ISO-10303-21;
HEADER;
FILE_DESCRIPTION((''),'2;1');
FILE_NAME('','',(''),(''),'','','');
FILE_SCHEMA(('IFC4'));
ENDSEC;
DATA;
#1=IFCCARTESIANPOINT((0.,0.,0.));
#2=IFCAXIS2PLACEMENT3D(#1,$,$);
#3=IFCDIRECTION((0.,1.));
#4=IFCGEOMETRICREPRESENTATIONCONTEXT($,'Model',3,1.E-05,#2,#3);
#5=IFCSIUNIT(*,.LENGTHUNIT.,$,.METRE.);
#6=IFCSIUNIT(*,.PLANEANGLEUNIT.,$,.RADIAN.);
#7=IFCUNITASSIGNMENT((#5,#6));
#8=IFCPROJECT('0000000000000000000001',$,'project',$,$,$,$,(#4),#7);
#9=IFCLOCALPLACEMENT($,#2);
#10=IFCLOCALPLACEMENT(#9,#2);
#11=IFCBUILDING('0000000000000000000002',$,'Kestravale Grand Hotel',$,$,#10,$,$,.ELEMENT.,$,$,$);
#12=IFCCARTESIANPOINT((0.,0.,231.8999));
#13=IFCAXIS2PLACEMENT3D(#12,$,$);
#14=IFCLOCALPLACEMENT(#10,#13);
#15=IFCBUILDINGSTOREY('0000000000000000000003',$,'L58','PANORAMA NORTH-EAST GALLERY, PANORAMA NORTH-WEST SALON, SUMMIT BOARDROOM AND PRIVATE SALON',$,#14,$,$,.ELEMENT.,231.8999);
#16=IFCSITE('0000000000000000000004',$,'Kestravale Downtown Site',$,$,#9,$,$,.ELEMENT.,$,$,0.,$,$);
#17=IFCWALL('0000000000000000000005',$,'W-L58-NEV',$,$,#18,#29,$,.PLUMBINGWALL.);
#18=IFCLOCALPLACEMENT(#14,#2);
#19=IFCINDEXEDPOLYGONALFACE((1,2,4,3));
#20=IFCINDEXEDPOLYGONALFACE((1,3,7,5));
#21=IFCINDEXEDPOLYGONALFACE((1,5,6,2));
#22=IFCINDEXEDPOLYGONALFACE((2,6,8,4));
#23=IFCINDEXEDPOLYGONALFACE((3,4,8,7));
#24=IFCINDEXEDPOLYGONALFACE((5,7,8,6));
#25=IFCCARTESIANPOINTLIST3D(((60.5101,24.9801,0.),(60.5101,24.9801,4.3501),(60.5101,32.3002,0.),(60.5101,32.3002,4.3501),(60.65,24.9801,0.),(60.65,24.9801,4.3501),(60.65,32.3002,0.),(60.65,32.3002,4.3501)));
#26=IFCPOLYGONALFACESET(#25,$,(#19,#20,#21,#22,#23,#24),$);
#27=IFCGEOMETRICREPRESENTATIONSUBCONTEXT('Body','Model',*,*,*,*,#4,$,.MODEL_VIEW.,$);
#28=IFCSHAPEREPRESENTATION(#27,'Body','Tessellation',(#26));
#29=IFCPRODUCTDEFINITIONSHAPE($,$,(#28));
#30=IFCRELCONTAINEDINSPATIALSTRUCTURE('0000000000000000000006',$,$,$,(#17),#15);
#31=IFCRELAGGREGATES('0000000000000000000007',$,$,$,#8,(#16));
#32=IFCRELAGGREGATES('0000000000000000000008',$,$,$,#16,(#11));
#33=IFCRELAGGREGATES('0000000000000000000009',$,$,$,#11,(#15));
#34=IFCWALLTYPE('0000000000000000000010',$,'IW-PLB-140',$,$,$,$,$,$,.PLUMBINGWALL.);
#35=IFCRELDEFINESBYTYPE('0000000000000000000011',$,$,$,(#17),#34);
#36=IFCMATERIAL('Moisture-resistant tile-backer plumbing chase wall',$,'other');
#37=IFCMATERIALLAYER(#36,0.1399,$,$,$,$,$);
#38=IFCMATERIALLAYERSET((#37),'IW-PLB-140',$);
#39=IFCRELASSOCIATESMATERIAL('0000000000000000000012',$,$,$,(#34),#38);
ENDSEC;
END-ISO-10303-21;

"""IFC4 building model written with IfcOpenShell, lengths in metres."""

from ifc_helpers import new_model, si_unit, direction, frame, frame_2d, origin, place, context, subcontext, project, spatial, rectangle, extrude, material, layer, layer_set, type_object, element, save


model = new_model("IFC4")

# Units and contexts
model_context = context("Model", 3, precision=1e-05, world=origin(), true_north=direction((0.0, 1.0)))
body_context = subcontext(model_context, "Body", "Model", "MODEL_VIEW")
ifc_project = project(units=[si_unit("LENGTHUNIT", "METRE"), si_unit("PLANEANGLEUNIT", "RADIAN")], contexts=[model_context])

# Site, building, storey
site_placement = place(None, origin())
site = spatial("IfcSite", under=ifc_project, at=site_placement, Name="Kestravale Downtown Site", CompositionType="ELEMENT", RefElevation=0.0)
building_placement = place(site_placement, origin())
building = spatial("IfcBuilding", under=site, at=building_placement, Name="Kestravale Grand Hotel", CompositionType="ELEMENT")
storey_placement = place(building_placement, frame((0.0, 0.0, 231.8999)))
storey = spatial("IfcBuildingStorey", under=building, at=storey_placement, Name="L58", Description="PANORAMA NORTH-EAST GALLERY, PANORAMA NORTH-WEST SALON, SUMMIT BOARDROOM AND PRIVATE SALON", CompositionType="ELEMENT", Elevation=231.8999)

# Wall
ifc_material_1 = material(Name="Moisture-resistant tile-backer plumbing chase wall", Category="other")
ifc_layer = layer(ifc_material_1, 0.1399)
ifc_layer_set = layer_set([ifc_layer], Name="IW-PLB-140")
wall_type = type_object("IfcWallType", Name="IW-PLB-140", PredefinedType="PLUMBINGWALL", material=ifc_layer_set)
wall_placement = place(storey_placement, frame((60.5801, 24.98, 0.0), z_axis=(0.0, 0.0, 1.0), x_axis=(0.0, 1.0, 0.0)))
element("IfcWall", 1, at=wall_placement, inside=storey, type_object=wall_type, Name="W-L58-NEV", PredefinedType="PLUMBINGWALL", context=body_context, shape_type="SweptSolid", body=[
    extrude(rectangle(XDim=7.3201, YDim=0.1399, at=frame_2d((3.6602, 0.0))), origin(), (0.0, 0.0, 1.0), 4.3501),
])

save(model, "model.ifc")
